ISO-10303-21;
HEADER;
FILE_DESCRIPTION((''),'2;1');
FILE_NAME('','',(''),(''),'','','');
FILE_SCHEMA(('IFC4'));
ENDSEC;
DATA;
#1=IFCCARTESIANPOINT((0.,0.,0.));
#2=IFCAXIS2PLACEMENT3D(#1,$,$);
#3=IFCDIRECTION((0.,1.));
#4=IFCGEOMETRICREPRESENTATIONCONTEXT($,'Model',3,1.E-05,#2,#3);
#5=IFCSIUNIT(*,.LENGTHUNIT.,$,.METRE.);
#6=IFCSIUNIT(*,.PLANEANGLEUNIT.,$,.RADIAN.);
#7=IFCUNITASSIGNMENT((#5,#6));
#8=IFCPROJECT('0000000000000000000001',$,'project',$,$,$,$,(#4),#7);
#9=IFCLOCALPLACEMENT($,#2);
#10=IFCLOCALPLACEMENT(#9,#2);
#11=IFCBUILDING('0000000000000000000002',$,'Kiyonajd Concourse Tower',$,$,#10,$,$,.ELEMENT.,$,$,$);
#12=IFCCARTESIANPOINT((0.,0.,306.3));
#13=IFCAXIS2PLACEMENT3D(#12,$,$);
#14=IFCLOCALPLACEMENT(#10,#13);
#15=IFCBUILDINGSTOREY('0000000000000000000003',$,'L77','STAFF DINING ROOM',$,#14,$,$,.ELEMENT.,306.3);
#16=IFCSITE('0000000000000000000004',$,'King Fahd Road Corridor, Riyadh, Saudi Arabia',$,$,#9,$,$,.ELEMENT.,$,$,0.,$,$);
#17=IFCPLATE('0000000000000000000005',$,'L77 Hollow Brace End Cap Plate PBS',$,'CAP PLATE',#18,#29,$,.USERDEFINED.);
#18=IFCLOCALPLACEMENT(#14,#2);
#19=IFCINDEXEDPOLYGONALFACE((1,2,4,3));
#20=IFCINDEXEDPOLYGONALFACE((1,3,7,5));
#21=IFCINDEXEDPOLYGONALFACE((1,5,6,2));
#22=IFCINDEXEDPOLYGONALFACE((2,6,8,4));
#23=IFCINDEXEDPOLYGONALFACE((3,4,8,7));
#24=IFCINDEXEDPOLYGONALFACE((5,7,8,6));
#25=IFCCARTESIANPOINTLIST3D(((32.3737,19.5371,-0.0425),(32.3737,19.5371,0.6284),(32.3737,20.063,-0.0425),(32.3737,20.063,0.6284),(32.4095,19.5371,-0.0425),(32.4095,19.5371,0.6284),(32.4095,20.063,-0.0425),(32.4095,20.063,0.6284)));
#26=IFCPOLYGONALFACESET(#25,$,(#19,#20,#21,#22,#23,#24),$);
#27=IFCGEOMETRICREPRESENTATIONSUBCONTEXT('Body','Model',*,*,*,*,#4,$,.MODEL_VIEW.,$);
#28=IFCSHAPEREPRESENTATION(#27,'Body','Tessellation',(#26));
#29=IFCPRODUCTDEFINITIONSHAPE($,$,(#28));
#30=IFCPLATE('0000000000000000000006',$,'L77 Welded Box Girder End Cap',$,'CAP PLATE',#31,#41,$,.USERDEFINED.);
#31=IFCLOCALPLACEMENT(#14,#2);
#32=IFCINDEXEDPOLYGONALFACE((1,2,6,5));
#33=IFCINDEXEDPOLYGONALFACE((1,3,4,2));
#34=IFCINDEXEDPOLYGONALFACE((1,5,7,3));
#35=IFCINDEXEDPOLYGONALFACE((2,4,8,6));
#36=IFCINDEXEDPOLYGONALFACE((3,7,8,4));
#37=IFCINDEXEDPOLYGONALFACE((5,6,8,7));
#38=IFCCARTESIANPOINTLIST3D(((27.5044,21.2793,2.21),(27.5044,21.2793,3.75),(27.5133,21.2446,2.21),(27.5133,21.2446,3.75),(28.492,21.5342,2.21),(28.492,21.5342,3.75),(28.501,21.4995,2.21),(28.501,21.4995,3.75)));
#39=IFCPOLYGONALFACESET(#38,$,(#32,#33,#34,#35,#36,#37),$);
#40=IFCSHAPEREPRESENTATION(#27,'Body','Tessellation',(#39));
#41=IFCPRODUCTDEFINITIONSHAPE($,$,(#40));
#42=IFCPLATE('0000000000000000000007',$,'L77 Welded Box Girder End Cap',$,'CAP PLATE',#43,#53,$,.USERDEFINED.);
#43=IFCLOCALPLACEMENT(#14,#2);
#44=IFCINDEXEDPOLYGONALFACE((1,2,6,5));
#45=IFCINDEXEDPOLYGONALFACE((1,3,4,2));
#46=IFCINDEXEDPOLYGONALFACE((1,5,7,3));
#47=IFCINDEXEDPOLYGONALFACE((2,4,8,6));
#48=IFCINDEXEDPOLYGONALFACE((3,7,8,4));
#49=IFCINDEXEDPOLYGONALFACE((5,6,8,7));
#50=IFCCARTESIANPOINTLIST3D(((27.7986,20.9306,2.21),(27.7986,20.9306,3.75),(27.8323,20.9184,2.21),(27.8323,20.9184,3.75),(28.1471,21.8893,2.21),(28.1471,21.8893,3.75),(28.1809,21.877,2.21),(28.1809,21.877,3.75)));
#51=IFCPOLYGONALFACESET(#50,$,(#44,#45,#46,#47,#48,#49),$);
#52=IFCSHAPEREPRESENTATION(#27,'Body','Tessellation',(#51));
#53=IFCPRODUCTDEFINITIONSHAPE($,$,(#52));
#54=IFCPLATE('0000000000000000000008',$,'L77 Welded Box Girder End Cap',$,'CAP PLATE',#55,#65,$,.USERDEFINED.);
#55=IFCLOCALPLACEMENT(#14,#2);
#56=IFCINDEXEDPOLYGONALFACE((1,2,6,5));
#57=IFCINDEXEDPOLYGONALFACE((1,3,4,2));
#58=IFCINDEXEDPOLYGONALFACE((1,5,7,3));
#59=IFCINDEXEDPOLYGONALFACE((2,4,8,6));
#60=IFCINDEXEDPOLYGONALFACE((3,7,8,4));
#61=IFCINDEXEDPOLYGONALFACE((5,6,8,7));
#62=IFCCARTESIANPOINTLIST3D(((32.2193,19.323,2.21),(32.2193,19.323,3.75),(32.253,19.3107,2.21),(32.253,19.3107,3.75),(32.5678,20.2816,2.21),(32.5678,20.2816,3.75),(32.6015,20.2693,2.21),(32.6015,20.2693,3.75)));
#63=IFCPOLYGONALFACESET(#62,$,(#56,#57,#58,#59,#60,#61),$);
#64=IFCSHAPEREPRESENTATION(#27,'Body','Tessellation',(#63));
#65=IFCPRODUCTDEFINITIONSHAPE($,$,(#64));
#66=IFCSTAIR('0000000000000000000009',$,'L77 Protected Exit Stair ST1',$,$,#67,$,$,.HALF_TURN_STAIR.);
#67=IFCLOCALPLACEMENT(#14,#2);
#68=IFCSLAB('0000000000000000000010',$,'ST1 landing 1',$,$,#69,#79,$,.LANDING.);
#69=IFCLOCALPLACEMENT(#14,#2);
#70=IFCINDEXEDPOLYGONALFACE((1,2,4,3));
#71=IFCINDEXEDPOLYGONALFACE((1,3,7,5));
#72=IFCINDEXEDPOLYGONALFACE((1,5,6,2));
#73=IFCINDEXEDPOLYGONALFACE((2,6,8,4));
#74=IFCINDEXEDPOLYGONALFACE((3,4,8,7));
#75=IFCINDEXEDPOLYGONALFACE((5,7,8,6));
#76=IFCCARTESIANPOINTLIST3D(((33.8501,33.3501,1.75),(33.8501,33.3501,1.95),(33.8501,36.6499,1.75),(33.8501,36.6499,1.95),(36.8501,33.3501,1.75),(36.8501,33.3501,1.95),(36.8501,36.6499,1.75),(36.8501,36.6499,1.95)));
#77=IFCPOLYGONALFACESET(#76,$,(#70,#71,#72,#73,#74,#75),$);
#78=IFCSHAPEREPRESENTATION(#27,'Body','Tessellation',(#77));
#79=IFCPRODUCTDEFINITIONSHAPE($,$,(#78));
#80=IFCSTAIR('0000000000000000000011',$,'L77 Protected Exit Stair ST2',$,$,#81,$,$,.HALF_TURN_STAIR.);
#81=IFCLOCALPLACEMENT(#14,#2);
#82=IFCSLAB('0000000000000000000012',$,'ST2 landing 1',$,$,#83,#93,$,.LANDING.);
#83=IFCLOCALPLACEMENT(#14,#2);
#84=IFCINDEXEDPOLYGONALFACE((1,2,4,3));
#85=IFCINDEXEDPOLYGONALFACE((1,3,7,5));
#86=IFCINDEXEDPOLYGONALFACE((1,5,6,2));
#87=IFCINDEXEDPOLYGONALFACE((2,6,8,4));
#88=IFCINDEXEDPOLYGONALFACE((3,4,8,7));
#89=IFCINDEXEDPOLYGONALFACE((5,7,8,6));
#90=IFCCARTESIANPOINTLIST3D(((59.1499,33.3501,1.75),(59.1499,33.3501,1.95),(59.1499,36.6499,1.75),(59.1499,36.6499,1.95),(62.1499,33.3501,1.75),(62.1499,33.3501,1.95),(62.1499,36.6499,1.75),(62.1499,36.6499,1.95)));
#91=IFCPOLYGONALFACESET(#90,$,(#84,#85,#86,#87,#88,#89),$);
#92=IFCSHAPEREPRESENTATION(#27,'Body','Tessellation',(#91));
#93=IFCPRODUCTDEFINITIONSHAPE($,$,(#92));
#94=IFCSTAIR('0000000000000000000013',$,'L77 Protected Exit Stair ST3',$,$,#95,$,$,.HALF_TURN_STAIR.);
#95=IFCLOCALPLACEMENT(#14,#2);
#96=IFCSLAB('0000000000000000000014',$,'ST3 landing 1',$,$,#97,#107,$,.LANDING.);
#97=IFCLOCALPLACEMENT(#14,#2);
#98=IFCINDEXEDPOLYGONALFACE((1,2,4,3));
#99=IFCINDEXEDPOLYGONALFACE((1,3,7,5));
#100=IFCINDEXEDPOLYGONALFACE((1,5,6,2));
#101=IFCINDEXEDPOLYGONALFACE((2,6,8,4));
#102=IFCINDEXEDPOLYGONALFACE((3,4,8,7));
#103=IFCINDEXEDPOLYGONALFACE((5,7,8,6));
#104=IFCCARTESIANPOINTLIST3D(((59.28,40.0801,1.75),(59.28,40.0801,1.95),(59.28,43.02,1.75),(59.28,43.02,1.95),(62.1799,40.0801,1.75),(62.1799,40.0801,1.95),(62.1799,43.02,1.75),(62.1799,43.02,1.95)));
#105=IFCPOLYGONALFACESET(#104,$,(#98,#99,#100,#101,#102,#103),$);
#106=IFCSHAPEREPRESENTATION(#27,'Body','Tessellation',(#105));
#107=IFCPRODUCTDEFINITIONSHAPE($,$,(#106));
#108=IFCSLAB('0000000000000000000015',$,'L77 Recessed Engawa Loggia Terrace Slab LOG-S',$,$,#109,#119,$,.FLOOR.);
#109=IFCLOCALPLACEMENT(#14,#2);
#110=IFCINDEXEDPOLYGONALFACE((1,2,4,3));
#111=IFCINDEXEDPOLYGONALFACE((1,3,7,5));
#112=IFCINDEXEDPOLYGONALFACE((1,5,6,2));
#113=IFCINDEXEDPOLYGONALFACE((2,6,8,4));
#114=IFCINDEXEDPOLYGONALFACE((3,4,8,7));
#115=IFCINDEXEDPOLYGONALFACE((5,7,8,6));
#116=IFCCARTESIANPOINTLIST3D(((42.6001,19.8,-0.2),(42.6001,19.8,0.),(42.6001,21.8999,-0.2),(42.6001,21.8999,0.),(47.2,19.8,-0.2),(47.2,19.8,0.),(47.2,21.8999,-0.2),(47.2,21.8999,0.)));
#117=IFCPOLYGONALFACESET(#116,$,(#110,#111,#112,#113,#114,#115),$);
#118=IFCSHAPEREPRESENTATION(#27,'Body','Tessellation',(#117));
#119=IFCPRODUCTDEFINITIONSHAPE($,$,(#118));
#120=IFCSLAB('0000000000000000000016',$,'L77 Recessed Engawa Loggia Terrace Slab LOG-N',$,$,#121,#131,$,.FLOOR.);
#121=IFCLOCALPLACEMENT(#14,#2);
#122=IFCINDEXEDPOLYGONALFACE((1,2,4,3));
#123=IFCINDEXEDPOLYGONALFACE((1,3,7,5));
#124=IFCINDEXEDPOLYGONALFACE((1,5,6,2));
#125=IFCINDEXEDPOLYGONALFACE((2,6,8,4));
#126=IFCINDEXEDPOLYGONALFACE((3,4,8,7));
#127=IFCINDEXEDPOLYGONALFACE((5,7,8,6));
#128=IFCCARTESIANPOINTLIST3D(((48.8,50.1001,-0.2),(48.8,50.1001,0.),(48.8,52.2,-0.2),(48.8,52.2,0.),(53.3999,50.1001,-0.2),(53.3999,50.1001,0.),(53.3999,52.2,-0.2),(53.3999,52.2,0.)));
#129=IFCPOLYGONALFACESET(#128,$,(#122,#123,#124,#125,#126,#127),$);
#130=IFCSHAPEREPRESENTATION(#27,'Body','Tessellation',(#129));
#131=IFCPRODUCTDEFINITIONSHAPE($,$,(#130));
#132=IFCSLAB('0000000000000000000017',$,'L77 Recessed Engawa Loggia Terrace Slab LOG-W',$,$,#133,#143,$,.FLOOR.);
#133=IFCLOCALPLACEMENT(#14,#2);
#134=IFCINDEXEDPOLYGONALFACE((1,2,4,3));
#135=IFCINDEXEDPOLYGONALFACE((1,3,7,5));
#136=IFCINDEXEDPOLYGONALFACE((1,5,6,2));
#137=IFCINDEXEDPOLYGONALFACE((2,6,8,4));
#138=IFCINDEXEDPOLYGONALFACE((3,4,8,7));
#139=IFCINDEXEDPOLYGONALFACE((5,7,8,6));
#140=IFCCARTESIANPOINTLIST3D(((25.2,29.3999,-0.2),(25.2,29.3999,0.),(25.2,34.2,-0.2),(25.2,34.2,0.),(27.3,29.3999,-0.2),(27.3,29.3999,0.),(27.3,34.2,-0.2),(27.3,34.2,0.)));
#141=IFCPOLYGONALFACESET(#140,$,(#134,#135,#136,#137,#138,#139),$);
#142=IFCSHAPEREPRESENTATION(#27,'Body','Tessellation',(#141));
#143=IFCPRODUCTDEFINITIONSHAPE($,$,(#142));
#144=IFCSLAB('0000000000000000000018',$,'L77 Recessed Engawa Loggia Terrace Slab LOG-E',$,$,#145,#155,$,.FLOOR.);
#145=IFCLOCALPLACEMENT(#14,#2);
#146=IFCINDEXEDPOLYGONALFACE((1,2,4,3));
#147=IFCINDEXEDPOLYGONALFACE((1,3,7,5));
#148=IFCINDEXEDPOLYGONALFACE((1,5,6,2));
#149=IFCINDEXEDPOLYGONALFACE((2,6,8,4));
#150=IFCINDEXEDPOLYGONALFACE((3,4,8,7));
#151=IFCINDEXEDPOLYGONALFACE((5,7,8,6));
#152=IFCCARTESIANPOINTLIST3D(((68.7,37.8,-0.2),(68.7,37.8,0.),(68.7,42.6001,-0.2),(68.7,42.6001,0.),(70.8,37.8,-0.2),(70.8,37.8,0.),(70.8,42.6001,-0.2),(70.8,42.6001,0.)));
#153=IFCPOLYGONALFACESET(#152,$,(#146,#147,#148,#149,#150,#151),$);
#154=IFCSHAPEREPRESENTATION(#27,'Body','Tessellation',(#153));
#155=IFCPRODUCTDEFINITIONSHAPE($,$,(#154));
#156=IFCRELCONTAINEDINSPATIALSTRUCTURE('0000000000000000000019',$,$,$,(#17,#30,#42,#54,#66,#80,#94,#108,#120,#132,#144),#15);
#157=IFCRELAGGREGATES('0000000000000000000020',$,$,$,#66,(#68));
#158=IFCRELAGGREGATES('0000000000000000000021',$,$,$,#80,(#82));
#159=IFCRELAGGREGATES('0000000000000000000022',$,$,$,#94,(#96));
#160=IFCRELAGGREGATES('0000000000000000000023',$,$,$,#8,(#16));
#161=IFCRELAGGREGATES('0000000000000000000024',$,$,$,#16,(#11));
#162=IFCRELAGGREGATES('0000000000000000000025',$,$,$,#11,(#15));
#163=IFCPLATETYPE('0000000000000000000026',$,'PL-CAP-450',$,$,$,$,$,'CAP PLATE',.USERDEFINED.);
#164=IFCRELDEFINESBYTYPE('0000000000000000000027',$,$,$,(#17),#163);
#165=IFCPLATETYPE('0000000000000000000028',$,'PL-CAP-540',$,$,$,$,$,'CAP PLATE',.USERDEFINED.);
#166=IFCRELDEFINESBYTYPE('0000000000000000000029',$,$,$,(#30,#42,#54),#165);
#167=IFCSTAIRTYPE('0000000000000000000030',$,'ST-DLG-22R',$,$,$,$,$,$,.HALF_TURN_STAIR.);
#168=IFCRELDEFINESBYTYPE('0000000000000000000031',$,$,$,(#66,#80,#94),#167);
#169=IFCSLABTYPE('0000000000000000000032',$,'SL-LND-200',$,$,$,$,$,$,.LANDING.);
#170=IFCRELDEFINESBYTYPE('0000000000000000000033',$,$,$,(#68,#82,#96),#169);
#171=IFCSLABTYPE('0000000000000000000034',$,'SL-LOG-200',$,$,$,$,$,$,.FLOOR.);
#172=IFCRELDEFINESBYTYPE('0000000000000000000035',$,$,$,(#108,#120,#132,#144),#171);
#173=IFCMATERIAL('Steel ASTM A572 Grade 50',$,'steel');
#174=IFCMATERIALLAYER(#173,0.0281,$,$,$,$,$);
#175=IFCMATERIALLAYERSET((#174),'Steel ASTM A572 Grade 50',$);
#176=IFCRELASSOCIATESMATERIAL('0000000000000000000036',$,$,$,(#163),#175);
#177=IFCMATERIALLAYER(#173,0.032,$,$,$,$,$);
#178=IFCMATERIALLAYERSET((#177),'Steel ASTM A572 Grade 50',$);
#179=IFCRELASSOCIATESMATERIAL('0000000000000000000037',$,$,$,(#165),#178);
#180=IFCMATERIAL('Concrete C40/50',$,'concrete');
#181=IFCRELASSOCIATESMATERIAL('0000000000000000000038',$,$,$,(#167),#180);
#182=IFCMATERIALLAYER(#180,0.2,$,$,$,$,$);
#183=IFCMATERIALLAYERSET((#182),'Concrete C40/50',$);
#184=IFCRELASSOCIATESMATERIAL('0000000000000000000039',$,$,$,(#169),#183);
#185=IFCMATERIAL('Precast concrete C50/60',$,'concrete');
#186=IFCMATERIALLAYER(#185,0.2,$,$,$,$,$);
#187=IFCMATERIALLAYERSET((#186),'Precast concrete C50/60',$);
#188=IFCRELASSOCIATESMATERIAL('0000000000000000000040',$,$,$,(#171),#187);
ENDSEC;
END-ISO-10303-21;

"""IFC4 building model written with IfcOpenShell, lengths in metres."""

from ifc_helpers import new_model, si_unit, direction, frame, origin, origin_2d, place, context, subcontext, project, spatial, polyline, rectangle, outline, extrude, material, layer, layer_set, type_object, element, aggregate, save


model = new_model("IFC4")

# Units and contexts
model_context = context("Model", 3, precision=1e-05, world=origin(), true_north=direction((0.0, 1.0)))
body_context = subcontext(model_context, "Body", "Model", "MODEL_VIEW")
ifc_project = project(units=[si_unit("LENGTHUNIT", "METRE"), si_unit("PLANEANGLEUNIT", "RADIAN")], contexts=[model_context])

# Site, building, storey
site_placement = place(None, origin())
site = spatial("IfcSite", under=ifc_project, at=site_placement, Name="King Fahd Road Corridor, Riyadh, Saudi Arabia", CompositionType="ELEMENT", RefElevation=0.0)
building_placement = place(site_placement, origin())
building = spatial("IfcBuilding", under=site, at=building_placement, Name="Kiyonajd Concourse Tower", CompositionType="ELEMENT")
storey_placement = place(building_placement, frame((0.0, 0.0, 306.3)))
storey = spatial("IfcBuildingStorey", under=building, at=storey_placement, Name="L77", Description="STAFF DINING ROOM", CompositionType="ELEMENT", Elevation=306.3)

# Shared definitions
ifc_material_1 = material(Name="Steel ASTM A572 Grade 50", Category="steel")

# Plates
ifc_layer_1 = layer(ifc_material_1, 0.0281)
ifc_layer_set_1 = layer_set([ifc_layer_1], Name="Steel ASTM A572 Grade 50")
plate_type_1 = type_object("IfcPlateType", Name="PL-CAP-450", ElementType="CAP PLATE", PredefinedType="USERDEFINED", material=ifc_layer_set_1)
plate_placement = place(storey_placement, frame((32.3916, 19.8, -0.0425), z_axis=(0.0, 0.0, 1.0), x_axis=(-1.0, 0.0, 0.0)))
element("IfcPlate", 1, at=plate_placement, inside=storey, type_object=plate_type_1, Name="L77 Hollow Brace End Cap Plate PBS", ObjectType="CAP PLATE", PredefinedType="USERDEFINED", context=body_context, shape_type="SweptSolid", body=[
    extrude(rectangle(XDim=0.0359, YDim=0.5259, at=origin_2d()), origin(), (0.0, 0.0, 1.0), 0.6709),
])
ifc_layer_2 = layer(ifc_material_1, 0.032)
ifc_layer_set_2 = layer_set([ifc_layer_2], Name="Steel ASTM A572 Grade 50")
plate_type_2 = type_object("IfcPlateType", Name="PL-CAP-540", ElementType="CAP PLATE", PredefinedType="USERDEFINED", material=ifc_layer_set_2)
for number, where, z_axis, x_axis, name in (
    (2, (28.0027, 21.3894, 2.21), (0.0, 0.0, 1.0), (0.249873, -0.968279, 0.0), "L77 Welded Box Girder End Cap"),
    (3, (27.9897, 21.4038, 2.21), (0.0, 0.0, 1.0), (-0.939812, 0.341692, 0.0), "L77 Welded Box Girder End Cap"),
    (4, (32.4104, 19.7961, 2.21), (0.0, 0.0, 1.0), (0.939812, -0.341692, 0.0), "L77 Welded Box Girder End Cap"),
):
    element("IfcPlate", number, at=place(storey_placement, frame(where, z_axis=z_axis, x_axis=x_axis)), inside=storey, type_object=plate_type_2, Name=name, ObjectType="CAP PLATE", PredefinedType="USERDEFINED", context=body_context, shape_type="SweptSolid", body=[
        extrude(rectangle(XDim=0.0359, YDim=1.02, at=origin_2d()), origin(), (0.0, 0.0, 1.0), 1.54),
    ])

# Stairs, slabs
ifc_material_2 = material(Name="Concrete C40/50", Category="concrete")
stair_type = type_object("IfcStairType", Name="ST-DLG-22R", PredefinedType="HALF_TURN_STAIR", material=ifc_material_2)
stair_1_placement = place(storey_placement, origin())
stair_1 = element("IfcStair", 5, at=stair_1_placement, inside=storey, type_object=stair_type, Name="L77 Protected Exit Stair ST1", PredefinedType="HALF_TURN_STAIR")
ifc_layer_3 = layer(ifc_material_2, 0.2)
ifc_layer_set_3 = layer_set([ifc_layer_3], Name="Concrete C40/50")
slab_type_1 = type_object("IfcSlabType", Name="SL-LND-200", PredefinedType="LANDING", material=ifc_layer_set_3)
slab_1_placement = place(storey_placement, frame((0.0, 0.0, 1.75)))
slab_1 = element("IfcSlab", 6, at=slab_1_placement, type_object=slab_type_1, Name="ST1 landing 1", PredefinedType="LANDING", context=body_context, shape_type="SweptSolid", body=[
    extrude(outline(polyline([(36.8501, 33.3501), (36.8501, 36.6499), (33.8501, 36.6499), (33.8501, 33.3501), (36.8501, 33.3501)])), origin(), (0.0, 0.0, 1.0), 0.2),
])
aggregate(stair_1, [slab_1])
stair_2_placement = place(storey_placement, origin())
stair_2 = element("IfcStair", 7, at=stair_2_placement, inside=storey, type_object=stair_type, Name="L77 Protected Exit Stair ST2", PredefinedType="HALF_TURN_STAIR")
slab_2_placement = place(storey_placement, frame((0.0, 0.0, 1.75)))
slab_2 = element("IfcSlab", 8, at=slab_2_placement, type_object=slab_type_1, Name="ST2 landing 1", PredefinedType="LANDING", context=body_context, shape_type="SweptSolid", body=[
    extrude(outline(polyline([(62.1499, 33.3501), (62.1499, 36.6499), (59.1499, 36.6499), (59.1499, 33.3501), (62.1499, 33.3501)])), origin(), (0.0, 0.0, 1.0), 0.2),
])
aggregate(stair_2, [slab_2])
stair_3_placement = place(storey_placement, origin())
stair_3 = element("IfcStair", 9, at=stair_3_placement, inside=storey, type_object=stair_type, Name="L77 Protected Exit Stair ST3", PredefinedType="HALF_TURN_STAIR")
slab_3_placement = place(storey_placement, frame((0.0, 0.0, 1.75)))
slab_3 = element("IfcSlab", 10, at=slab_3_placement, type_object=slab_type_1, Name="ST3 landing 1", PredefinedType="LANDING", context=body_context, shape_type="SweptSolid", body=[
    extrude(outline(polyline([(59.28, 40.0801), (62.1799, 40.0801), (62.1799, 43.02), (59.28, 43.02), (59.28, 40.0801)])), origin(), (0.0, 0.0, 1.0), 0.2),
])
aggregate(stair_3, [slab_3])

# Slabs
ifc_material_3 = material(Name="Precast concrete C50/60", Category="concrete")
ifc_layer_4 = layer(ifc_material_3, 0.2)
ifc_layer_set_4 = layer_set([ifc_layer_4], Name="Precast concrete C50/60")
slab_type_2 = type_object("IfcSlabType", Name="SL-LOG-200", PredefinedType="FLOOR", material=ifc_layer_set_4)
slab_4_placement = place(storey_placement, frame((0.0, 0.0, -0.2)))
element("IfcSlab", 11, at=slab_4_placement, inside=storey, type_object=slab_type_2, Name="L77 Recessed Engawa Loggia Terrace Slab LOG-S", PredefinedType="FLOOR", context=body_context, shape_type="SweptSolid", body=[
    extrude(outline(polyline([(42.6001, 19.8), (47.2, 19.8), (47.2, 21.8999), (42.6001, 21.8999), (42.6001, 19.8)])), origin(), (0.0, 0.0, 1.0), 0.2),
])
slab_5_placement = place(storey_placement, frame((0.0, 0.0, -0.2)))
element("IfcSlab", 12, at=slab_5_placement, inside=storey, type_object=slab_type_2, Name="L77 Recessed Engawa Loggia Terrace Slab LOG-N", PredefinedType="FLOOR", context=body_context, shape_type="SweptSolid", body=[
    extrude(outline(polyline([(48.8, 50.1001), (53.3999, 50.1001), (53.3999, 52.2), (48.8, 52.2), (48.8, 50.1001)])), origin(), (0.0, 0.0, 1.0), 0.2),
])
slab_6_placement = place(storey_placement, frame((0.0, 0.0, -0.2)))
element("IfcSlab", 13, at=slab_6_placement, inside=storey, type_object=slab_type_2, Name="L77 Recessed Engawa Loggia Terrace Slab LOG-W", PredefinedType="FLOOR", context=body_context, shape_type="SweptSolid", body=[
    extrude(outline(polyline([(25.2, 29.3999), (27.3, 29.3999), (27.3, 34.2), (25.2, 34.2), (25.2, 29.3999)])), origin(), (0.0, 0.0, 1.0), 0.2),
])
slab_7_placement = place(storey_placement, frame((0.0, 0.0, -0.2)))
element("IfcSlab", 14, at=slab_7_placement, inside=storey, type_object=slab_type_2, Name="L77 Recessed Engawa Loggia Terrace Slab LOG-E", PredefinedType="FLOOR", context=body_context, shape_type="SweptSolid", body=[
    extrude(outline(polyline([(68.7, 37.8), (70.8, 37.8), (70.8, 42.6001), (68.7, 42.6001), (68.7, 37.8)])), origin(), (0.0, 0.0, 1.0), 0.2),
])

save(model, "model.ifc")
